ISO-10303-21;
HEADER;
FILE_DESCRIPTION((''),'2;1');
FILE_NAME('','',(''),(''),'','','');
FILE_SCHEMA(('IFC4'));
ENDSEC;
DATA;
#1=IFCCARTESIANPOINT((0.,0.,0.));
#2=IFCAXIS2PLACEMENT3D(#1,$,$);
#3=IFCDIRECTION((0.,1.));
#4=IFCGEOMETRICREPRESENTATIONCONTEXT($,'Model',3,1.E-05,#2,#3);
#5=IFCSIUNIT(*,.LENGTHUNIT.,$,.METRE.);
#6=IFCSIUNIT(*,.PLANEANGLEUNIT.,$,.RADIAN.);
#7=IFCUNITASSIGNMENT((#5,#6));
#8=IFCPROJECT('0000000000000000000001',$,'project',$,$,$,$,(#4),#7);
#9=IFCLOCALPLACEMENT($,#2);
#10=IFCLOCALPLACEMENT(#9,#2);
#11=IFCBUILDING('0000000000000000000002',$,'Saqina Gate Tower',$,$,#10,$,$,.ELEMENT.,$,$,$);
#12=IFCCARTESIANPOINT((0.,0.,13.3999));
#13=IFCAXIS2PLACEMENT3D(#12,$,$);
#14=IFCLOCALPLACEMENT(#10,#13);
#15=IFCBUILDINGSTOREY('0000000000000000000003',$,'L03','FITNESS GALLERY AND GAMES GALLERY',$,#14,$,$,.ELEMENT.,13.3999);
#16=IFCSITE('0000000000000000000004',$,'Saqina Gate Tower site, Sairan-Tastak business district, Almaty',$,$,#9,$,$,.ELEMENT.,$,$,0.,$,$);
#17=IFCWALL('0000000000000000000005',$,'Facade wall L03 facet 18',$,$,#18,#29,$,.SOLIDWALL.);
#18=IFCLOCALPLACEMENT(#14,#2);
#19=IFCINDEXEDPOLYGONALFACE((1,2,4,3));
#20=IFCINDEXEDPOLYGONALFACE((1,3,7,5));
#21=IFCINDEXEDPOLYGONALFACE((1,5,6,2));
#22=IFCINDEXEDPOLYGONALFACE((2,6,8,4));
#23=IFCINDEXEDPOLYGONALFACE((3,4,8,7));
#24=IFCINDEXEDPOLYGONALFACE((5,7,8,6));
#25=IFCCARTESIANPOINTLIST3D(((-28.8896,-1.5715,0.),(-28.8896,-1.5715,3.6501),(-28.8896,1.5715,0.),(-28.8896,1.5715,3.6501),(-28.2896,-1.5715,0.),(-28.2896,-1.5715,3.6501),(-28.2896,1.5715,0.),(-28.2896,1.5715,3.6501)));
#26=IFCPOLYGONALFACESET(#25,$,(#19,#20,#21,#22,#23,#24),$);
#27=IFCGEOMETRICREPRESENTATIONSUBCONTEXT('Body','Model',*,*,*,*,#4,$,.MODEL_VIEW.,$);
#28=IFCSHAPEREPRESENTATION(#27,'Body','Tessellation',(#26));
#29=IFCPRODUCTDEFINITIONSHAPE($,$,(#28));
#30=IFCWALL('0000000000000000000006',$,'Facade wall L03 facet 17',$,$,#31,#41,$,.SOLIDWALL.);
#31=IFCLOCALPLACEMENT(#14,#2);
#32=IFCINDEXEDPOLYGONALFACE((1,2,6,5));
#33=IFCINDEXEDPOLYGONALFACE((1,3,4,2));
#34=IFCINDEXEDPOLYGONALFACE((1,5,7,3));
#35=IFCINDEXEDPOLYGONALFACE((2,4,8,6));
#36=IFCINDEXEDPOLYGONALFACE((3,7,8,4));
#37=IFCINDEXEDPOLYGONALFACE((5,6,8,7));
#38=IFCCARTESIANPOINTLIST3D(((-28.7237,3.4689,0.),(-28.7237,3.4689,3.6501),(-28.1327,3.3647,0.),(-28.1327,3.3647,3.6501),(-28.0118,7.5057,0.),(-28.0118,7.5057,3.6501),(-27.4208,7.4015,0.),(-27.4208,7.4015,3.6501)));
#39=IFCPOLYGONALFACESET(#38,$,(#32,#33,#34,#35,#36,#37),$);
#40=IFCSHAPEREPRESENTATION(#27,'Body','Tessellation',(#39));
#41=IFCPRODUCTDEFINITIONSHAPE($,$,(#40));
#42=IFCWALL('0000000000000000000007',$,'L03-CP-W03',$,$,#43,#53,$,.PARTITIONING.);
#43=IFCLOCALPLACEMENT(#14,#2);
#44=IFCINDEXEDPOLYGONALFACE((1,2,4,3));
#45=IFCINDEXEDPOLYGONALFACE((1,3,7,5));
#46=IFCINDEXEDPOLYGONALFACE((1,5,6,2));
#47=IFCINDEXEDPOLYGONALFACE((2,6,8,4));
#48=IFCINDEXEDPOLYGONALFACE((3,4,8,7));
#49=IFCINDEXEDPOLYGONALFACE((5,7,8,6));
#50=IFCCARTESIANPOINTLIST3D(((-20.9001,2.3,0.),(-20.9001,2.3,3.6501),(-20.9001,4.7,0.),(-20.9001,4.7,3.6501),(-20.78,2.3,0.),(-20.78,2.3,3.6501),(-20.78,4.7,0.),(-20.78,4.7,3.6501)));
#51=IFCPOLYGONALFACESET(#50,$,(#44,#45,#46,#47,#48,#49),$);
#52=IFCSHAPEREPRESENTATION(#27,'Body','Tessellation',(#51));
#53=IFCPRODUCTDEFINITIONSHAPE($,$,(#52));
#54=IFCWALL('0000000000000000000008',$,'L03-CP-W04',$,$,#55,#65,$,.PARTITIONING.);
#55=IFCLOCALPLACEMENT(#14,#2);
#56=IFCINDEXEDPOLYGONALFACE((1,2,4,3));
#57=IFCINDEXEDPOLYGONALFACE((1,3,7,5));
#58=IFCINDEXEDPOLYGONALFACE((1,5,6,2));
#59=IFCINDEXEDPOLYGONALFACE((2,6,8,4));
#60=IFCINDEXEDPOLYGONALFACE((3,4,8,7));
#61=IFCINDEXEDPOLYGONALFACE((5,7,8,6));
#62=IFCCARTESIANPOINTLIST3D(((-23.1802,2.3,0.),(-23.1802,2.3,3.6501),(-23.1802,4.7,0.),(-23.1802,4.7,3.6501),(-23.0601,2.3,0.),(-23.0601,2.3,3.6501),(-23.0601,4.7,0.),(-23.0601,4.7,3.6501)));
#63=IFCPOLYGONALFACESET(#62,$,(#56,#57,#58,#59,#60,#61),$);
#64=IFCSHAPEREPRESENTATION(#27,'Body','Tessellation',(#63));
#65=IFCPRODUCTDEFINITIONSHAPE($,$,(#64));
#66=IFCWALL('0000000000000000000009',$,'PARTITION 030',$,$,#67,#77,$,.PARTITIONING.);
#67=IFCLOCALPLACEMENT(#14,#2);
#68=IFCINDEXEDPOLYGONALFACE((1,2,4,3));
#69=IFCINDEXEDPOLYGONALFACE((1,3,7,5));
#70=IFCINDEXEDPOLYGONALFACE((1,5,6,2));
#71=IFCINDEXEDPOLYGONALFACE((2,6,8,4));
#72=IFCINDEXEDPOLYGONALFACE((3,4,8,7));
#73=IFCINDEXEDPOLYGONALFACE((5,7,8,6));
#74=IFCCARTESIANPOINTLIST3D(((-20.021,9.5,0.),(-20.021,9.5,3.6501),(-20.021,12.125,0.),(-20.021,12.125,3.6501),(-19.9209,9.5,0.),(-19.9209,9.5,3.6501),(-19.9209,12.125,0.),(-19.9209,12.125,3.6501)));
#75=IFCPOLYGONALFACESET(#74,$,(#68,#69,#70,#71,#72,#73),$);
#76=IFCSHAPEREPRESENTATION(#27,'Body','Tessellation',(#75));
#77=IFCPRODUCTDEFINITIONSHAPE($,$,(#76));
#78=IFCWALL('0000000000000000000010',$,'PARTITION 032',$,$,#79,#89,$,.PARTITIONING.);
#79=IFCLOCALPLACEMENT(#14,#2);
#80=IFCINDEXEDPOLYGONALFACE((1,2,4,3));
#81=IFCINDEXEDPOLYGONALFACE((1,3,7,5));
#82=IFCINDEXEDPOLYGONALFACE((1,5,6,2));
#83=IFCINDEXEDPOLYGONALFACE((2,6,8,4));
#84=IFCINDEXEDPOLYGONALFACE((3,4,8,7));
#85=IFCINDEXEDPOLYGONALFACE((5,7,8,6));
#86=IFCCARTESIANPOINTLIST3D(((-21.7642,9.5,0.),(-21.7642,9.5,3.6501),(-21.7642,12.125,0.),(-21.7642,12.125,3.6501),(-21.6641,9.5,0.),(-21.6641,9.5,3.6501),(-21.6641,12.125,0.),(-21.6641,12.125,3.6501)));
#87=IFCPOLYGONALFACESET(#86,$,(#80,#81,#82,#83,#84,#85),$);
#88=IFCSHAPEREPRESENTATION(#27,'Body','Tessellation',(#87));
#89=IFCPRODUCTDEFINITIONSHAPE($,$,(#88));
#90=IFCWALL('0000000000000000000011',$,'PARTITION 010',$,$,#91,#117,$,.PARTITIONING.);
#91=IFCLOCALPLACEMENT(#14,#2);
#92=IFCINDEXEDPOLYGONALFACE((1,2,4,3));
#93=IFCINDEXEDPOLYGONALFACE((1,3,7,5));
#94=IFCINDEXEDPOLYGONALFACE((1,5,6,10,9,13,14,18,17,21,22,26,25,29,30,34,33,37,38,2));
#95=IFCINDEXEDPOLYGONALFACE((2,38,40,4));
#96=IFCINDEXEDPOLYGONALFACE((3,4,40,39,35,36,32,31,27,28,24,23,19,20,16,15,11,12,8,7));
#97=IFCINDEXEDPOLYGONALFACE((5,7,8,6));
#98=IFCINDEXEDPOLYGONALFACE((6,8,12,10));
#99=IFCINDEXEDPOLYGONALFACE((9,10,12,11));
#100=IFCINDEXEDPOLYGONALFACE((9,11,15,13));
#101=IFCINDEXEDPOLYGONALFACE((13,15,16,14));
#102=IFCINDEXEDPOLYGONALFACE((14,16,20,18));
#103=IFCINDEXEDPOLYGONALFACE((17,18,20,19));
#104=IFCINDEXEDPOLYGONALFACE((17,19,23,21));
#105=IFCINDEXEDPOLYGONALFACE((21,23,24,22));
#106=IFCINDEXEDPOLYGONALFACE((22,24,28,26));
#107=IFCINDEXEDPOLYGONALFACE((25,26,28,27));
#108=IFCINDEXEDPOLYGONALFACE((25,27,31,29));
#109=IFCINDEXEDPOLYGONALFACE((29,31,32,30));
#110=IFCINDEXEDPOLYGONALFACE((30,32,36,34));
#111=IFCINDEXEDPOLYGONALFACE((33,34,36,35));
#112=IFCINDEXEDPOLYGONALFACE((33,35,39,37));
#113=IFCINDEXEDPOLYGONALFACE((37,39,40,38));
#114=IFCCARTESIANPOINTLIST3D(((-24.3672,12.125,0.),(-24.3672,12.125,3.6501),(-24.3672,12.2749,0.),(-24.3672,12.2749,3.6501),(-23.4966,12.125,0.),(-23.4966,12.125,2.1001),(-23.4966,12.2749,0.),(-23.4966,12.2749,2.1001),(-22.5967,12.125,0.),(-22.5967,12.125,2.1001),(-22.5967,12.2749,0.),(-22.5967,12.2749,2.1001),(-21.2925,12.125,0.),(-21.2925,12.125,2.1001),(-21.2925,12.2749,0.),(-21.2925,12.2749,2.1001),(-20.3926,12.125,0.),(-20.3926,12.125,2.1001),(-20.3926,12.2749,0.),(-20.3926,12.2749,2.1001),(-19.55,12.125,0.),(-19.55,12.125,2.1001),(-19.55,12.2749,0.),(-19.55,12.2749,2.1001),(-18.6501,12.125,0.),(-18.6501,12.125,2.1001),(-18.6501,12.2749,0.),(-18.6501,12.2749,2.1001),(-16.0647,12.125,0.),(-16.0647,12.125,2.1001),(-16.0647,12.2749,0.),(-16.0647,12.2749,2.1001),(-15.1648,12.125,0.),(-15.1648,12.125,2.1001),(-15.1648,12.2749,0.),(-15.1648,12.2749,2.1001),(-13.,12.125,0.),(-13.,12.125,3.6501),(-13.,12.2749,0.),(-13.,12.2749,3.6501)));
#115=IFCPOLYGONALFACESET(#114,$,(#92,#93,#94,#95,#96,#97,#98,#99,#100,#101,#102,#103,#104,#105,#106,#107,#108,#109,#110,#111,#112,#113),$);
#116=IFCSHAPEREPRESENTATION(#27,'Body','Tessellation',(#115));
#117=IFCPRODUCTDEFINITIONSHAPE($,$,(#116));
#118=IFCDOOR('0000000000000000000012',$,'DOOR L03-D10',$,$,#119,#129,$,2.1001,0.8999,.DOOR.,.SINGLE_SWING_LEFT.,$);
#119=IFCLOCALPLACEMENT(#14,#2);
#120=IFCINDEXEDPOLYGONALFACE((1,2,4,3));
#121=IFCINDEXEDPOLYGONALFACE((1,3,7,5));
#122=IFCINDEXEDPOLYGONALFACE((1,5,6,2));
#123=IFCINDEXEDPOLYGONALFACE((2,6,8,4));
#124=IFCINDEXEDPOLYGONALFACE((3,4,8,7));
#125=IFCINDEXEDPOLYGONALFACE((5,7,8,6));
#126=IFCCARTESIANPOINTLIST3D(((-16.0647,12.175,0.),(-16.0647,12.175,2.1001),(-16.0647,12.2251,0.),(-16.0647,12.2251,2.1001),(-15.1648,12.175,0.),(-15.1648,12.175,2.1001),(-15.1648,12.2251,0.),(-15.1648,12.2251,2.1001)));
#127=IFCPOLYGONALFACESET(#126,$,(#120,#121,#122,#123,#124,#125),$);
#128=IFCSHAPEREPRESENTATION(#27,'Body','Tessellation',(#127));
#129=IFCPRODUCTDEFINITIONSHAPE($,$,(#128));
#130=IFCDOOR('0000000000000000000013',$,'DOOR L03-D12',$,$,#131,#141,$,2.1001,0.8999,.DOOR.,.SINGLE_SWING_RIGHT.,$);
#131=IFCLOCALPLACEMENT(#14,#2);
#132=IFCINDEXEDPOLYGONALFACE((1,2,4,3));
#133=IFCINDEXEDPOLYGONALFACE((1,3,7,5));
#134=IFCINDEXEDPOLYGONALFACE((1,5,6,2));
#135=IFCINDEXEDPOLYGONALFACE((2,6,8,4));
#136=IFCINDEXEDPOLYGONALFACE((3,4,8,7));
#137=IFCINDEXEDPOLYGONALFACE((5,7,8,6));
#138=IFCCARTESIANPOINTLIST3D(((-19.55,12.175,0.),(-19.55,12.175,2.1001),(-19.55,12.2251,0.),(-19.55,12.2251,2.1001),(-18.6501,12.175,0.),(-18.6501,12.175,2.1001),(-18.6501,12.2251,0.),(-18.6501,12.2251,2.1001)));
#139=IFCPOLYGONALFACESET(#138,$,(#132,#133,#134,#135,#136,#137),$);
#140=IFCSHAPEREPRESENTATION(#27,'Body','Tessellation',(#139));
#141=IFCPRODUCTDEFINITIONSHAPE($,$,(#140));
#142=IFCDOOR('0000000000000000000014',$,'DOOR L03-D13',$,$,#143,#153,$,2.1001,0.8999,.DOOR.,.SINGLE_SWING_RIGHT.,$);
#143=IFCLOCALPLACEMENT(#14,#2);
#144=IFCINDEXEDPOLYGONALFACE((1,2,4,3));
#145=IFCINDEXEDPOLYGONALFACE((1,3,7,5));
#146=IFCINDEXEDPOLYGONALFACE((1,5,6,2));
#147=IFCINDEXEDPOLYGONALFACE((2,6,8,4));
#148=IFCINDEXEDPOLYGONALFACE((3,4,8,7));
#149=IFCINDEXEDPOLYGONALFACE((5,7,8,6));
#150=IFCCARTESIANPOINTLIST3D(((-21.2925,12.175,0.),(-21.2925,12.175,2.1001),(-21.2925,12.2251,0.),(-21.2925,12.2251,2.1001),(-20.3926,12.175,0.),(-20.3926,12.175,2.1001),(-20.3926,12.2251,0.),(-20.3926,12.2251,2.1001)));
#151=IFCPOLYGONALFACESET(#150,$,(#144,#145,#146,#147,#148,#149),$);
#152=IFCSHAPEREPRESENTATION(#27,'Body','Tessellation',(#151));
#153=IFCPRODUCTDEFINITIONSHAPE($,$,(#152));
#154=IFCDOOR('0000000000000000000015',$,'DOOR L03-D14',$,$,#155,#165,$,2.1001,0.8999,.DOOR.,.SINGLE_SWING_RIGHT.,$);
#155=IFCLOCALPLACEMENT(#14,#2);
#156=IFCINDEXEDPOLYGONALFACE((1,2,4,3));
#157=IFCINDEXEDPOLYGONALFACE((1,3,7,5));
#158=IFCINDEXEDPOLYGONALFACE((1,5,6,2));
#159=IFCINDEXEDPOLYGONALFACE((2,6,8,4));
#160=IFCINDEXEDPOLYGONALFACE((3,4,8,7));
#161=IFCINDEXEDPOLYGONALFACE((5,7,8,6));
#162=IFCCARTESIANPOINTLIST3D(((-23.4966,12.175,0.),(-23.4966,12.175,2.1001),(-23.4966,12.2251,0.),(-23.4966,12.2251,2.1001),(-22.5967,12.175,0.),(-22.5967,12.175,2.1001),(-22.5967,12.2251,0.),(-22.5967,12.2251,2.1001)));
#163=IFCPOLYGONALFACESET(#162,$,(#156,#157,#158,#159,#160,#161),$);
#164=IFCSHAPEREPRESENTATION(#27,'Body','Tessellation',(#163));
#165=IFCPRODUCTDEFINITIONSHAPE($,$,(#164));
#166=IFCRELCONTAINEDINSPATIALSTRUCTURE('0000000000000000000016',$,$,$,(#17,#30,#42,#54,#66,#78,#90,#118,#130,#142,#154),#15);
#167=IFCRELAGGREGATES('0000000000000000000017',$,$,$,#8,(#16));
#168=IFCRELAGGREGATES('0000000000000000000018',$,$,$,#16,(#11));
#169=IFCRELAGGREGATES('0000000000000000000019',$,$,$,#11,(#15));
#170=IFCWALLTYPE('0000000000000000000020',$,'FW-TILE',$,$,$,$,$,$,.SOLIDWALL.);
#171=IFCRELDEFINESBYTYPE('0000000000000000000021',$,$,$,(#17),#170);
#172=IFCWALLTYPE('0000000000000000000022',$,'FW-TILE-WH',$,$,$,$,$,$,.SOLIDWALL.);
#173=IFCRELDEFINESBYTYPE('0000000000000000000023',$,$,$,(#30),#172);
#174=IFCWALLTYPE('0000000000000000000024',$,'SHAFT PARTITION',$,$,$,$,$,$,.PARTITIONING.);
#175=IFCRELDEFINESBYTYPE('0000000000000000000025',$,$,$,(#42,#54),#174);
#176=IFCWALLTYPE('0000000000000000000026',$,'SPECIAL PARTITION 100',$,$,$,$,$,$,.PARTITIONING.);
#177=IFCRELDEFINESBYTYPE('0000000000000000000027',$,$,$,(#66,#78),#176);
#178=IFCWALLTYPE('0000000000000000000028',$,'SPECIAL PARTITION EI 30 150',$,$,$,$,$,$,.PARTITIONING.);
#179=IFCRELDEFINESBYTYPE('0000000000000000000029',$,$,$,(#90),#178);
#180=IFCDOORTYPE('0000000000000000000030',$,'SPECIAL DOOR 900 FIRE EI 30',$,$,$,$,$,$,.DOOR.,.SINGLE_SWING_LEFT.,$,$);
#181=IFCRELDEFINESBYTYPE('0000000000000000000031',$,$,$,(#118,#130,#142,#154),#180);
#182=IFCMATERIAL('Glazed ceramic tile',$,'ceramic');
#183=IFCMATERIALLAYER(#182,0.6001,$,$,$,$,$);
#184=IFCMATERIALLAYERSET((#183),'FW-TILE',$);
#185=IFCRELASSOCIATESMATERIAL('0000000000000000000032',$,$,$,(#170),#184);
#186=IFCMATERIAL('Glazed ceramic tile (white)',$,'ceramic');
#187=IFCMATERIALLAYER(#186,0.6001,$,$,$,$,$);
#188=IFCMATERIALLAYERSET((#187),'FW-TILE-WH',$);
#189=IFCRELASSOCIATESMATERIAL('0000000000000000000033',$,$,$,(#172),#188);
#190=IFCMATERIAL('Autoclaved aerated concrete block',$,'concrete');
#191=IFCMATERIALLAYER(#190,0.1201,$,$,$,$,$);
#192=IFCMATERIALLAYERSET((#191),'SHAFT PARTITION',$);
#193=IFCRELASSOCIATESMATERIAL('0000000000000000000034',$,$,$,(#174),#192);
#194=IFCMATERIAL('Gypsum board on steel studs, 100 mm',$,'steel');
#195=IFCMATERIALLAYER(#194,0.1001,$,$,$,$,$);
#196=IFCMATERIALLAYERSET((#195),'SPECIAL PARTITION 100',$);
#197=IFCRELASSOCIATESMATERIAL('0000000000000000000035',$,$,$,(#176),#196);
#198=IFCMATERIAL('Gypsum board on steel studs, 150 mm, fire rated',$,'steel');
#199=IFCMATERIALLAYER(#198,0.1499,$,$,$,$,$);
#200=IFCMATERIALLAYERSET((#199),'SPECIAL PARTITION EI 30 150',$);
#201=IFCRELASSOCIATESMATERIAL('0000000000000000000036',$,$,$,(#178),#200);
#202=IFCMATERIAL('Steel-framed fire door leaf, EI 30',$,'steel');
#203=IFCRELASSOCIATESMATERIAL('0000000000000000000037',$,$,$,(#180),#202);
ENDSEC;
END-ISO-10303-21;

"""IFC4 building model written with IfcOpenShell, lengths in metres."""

from ifc_helpers import new_model, si_unit, direction, frame, frame_2d, origin, place, context, subcontext, project, spatial, rectangle, extrude, material, layer, layer_set, type_object, element, fill, save


model = new_model("IFC4")

# Units and contexts
model_context = context("Model", 3, precision=1e-05, world=origin(), true_north=direction((0.0, 1.0)))
body_context = subcontext(model_context, "Body", "Model", "MODEL_VIEW")
ifc_project = project(units=[si_unit("LENGTHUNIT", "METRE"), si_unit("PLANEANGLEUNIT", "RADIAN")], contexts=[model_context])

# Site, building, storey
site_placement = place(None, origin())
site = spatial("IfcSite", under=ifc_project, at=site_placement, Name="Saqina Gate Tower site, Sairan-Tastak business district, Almaty", CompositionType="ELEMENT", RefElevation=0.0)
building_placement = place(site_placement, origin())
building = spatial("IfcBuilding", under=site, at=building_placement, Name="Saqina Gate Tower", CompositionType="ELEMENT")
storey_placement = place(building_placement, frame((0.0, 0.0, 13.3999)))
storey = spatial("IfcBuildingStorey", under=building, at=storey_placement, Name="L03", Description="FITNESS GALLERY AND GAMES GALLERY", CompositionType="ELEMENT", Elevation=13.3999)

# Walls
ifc_material_1 = material(Name="Glazed ceramic tile", Category="ceramic")
ifc_layer_1 = layer(ifc_material_1, 0.6001)
ifc_layer_set_1 = layer_set([ifc_layer_1], Name="FW-TILE")
wall_type_1 = type_object("IfcWallType", Name="FW-TILE", PredefinedType="SOLIDWALL", material=ifc_layer_set_1)
wall_1_placement = place(storey_placement, frame((-28.5896, 1.5715, 0.0), z_axis=(0.0, 0.0, 1.0), x_axis=(0.0, -1.0, 0.0)))
element("IfcWall", 1, at=wall_1_placement, inside=storey, type_object=wall_type_1, Name="Facade wall L03 facet 18", PredefinedType="SOLIDWALL", context=body_context, shape_type="SweptSolid", body=[
    extrude(rectangle(XDim=3.1431, YDim=0.6001, at=frame_2d((1.5715, 0.0))), origin(), (0.0, 0.0, 1.0), 3.6501),
])
ifc_material_2 = material(Name="Glazed ceramic tile (white)", Category="ceramic")
ifc_layer_2 = layer(ifc_material_2, 0.6001)
ifc_layer_set_2 = layer_set([ifc_layer_2], Name="FW-TILE-WH")
wall_type_2 = type_object("IfcWallType", Name="FW-TILE-WH", PredefinedType="SOLIDWALL", material=ifc_layer_set_2)
wall_2_placement = place(storey_placement, frame((-27.7163, 7.4536, 0.0), z_axis=(0.0, 0.0, 1.0), x_axis=(-0.173673, -0.984803, 0.0)))
element("IfcWall", 2, at=wall_2_placement, inside=storey, type_object=wall_type_2, Name="Facade wall L03 facet 17", PredefinedType="SOLIDWALL", context=body_context, shape_type="SweptSolid", body=[
    extrude(rectangle(XDim=4.0991, YDim=0.6001, at=frame_2d((2.0496, 0.0))), origin(), (0.0, 0.0, 1.0), 3.6501),
])
ifc_material_3 = material(Name="Autoclaved aerated concrete block", Category="concrete")
ifc_layer_3 = layer(ifc_material_3, 0.1201)
ifc_layer_set_3 = layer_set([ifc_layer_3], Name="SHAFT PARTITION")
wall_type_3 = type_object("IfcWallType", Name="SHAFT PARTITION", PredefinedType="PARTITIONING", material=ifc_layer_set_3)
for number, where, z_axis, x_axis, name in (
    (3, (-20.8401, 2.3, 0.0), (0.0, 0.0, 1.0), (0.0, 1.0, 0.0), "L03-CP-W03"),
    (4, (-23.1201, 2.3, 0.0), (0.0, 0.0, 1.0), (0.0, 1.0, 0.0), "L03-CP-W04"),
):
    element("IfcWall", number, at=place(storey_placement, frame(where, z_axis=z_axis, x_axis=x_axis)), inside=storey, type_object=wall_type_3, Name=name, PredefinedType="PARTITIONING", context=body_context, shape_type="SweptSolid", body=[
        extrude(rectangle(XDim=2.3999, YDim=0.1201, at=frame_2d((1.2, 0.0))), origin(), (0.0, 0.0, 1.0), 3.6501),
    ])
ifc_material_4 = material(Name="Gypsum board on steel studs, 100 mm", Category="steel")
ifc_layer_4 = layer(ifc_material_4, 0.1001)
ifc_layer_set_4 = layer_set([ifc_layer_4], Name="SPECIAL PARTITION 100")
wall_type_4 = type_object("IfcWallType", Name="SPECIAL PARTITION 100", PredefinedType="PARTITIONING", material=ifc_layer_set_4)
for number, where, z_axis, x_axis, name in (
    (5, (-19.9709, 9.5, 0.0), (0.0, 0.0, 1.0), (0.0, 1.0, 0.0), "PARTITION 030"),
    (6, (-21.7141, 9.5, 0.0), (0.0, 0.0, 1.0), (0.0, 1.0, 0.0), "PARTITION 032"),
):
    element("IfcWall", number, at=place(storey_placement, frame(where, z_axis=z_axis, x_axis=x_axis)), inside=storey, type_object=wall_type_4, Name=name, PredefinedType="PARTITIONING", context=body_context, shape_type="SweptSolid", body=[
        extrude(rectangle(XDim=2.625, YDim=0.1001, at=frame_2d((1.3125, 0.0))), origin(), (0.0, 0.0, 1.0), 3.6501),
    ])

# Wall, openings, doors
ifc_material_5 = material(Name="Gypsum board on steel studs, 150 mm, fire rated", Category="steel")
ifc_layer_5 = layer(ifc_material_5, 0.1499)
ifc_layer_set_5 = layer_set([ifc_layer_5], Name="SPECIAL PARTITION EI 30 150")
wall_type_5 = type_object("IfcWallType", Name="SPECIAL PARTITION EI 30 150", PredefinedType="PARTITIONING", material=ifc_layer_set_5)
wall_3_placement = place(storey_placement, frame((-24.3672, 12.2, 0.0), z_axis=(0.0, 0.0, 1.0), x_axis=(1.0, 0.0, 0.0)))
wall_3 = element("IfcWall", 7, at=wall_3_placement, inside=storey, type_object=wall_type_5, Name="PARTITION 010", PredefinedType="PARTITIONING", context=body_context, shape_type="SweptSolid", body=[
    extrude(rectangle(XDim=11.3672, YDim=0.1499, at=frame_2d((5.6836, 0.0))), origin(), (0.0, 0.0, 1.0), 3.6501),
])
opening_1_placement = place(wall_3_placement, frame((8.3025, 0.0, 0.0)))
opening_1 = element("IfcOpeningElement", 8, at=opening_1_placement, cuts=wall_3, PredefinedType="OPENING", context=body_context, shape_type="SweptSolid", body=[
    extrude(rectangle(XDim=0.8999, YDim=2.1001, at=frame_2d((0.45, 1.05))), frame((0.0, 0.0869, 0.0), z_axis=(0.0, -1.0, 0.0), x_axis=(1.0, 0.0, 0.0)), (0.0, 0.0, 1.0), 0.1738),
])
opening_2_placement = place(wall_3_placement, frame((4.8171, 0.0, 0.0)))
opening_2 = element("IfcOpeningElement", 9, at=opening_2_placement, cuts=wall_3, PredefinedType="OPENING", context=body_context, shape_type="SweptSolid", body=[
    extrude(rectangle(XDim=0.8999, YDim=2.1001, at=frame_2d((0.45, 1.05))), frame((0.0, 0.0869, 0.0), z_axis=(0.0, -1.0, 0.0), x_axis=(1.0, 0.0, 0.0)), (0.0, 0.0, 1.0), 0.1738),
])
opening_3_placement = place(wall_3_placement, frame((3.0747, 0.0, 0.0)))
opening_3 = element("IfcOpeningElement", 10, at=opening_3_placement, cuts=wall_3, PredefinedType="OPENING", context=body_context, shape_type="SweptSolid", body=[
    extrude(rectangle(XDim=0.8999, YDim=2.1001, at=frame_2d((0.45, 1.05))), frame((0.0, 0.0869, 0.0), z_axis=(0.0, -1.0, 0.0), x_axis=(1.0, 0.0, 0.0)), (0.0, 0.0, 1.0), 0.1738),
])
opening_4_placement = place(wall_3_placement, frame((0.8706, 0.0, 0.0)))
opening_4 = element("IfcOpeningElement", 11, at=opening_4_placement, cuts=wall_3, PredefinedType="OPENING", context=body_context, shape_type="SweptSolid", body=[
    extrude(rectangle(XDim=0.8999, YDim=2.1001, at=frame_2d((0.45, 1.05))), frame((0.0, 0.0869, 0.0), z_axis=(0.0, -1.0, 0.0), x_axis=(1.0, 0.0, 0.0)), (0.0, 0.0, 1.0), 0.1738),
])
ifc_material_6 = material(Name="Steel-framed fire door leaf, EI 30", Category="steel")
door_type_1 = type_object("IfcDoorType", Name="SPECIAL DOOR 900 FIRE EI 30", OperationType="SINGLE_SWING_LEFT", PredefinedType="DOOR", material=ifc_material_6)
door_1_placement = place(opening_1_placement, frame((0.8999, 0.0, 0.0), z_axis=(0.0, 0.0, 1.0), x_axis=(-1.0, 0.0, 0.0)))
door_1 = element("IfcDoor", 12, at=door_1_placement, inside=storey, type_object=door_type_1, Name="DOOR L03-D10", OperationType="SINGLE_SWING_LEFT", OverallHeight=2.1001, OverallWidth=0.8999, PredefinedType="DOOR", context=body_context, shape_type="SweptSolid", body=[
    extrude(rectangle(XDim=0.8999, YDim=2.1001, at=frame_2d((0.45, 1.05))), frame((0.0, 0.0249, 0.0), z_axis=(0.0, -1.0, 0.0), x_axis=(1.0, 0.0, 0.0)), (0.0, 0.0, 1.0), 0.05),
])
fill(opening_1, door_1)
door_2_placement = place(opening_2_placement, frame((0.8999, 0.0, 0.0), z_axis=(0.0, 0.0, 1.0), x_axis=(-1.0, 0.0, 0.0)))
door_2 = element("IfcDoor", 13, at=door_2_placement, inside=storey, type_object=door_type_1, Name="DOOR L03-D12", OperationType="SINGLE_SWING_RIGHT", OverallHeight=2.1001, OverallWidth=0.8999, PredefinedType="DOOR", context=body_context, shape_type="SweptSolid", body=[
    extrude(rectangle(XDim=0.8999, YDim=2.1001, at=frame_2d((0.45, 1.05))), frame((0.0, 0.0249, 0.0), z_axis=(0.0, -1.0, 0.0), x_axis=(1.0, 0.0, 0.0)), (0.0, 0.0, 1.0), 0.05),
])
fill(opening_2, door_2)
door_3_placement = place(opening_3_placement, frame((0.8999, 0.0, 0.0), z_axis=(0.0, 0.0, 1.0), x_axis=(-1.0, 0.0, 0.0)))
door_3 = element("IfcDoor", 14, at=door_3_placement, inside=storey, type_object=door_type_1, Name="DOOR L03-D13", OperationType="SINGLE_SWING_RIGHT", OverallHeight=2.1001, OverallWidth=0.8999, PredefinedType="DOOR", context=body_context, shape_type="SweptSolid", body=[
    extrude(rectangle(XDim=0.8999, YDim=2.1001, at=frame_2d((0.45, 1.05))), frame((0.0, 0.0249, 0.0), z_axis=(0.0, -1.0, 0.0), x_axis=(1.0, 0.0, 0.0)), (0.0, 0.0, 1.0), 0.05),
])
fill(opening_3, door_3)
door_4_placement = place(opening_4_placement, frame((0.8999, 0.0, 0.0), z_axis=(0.0, 0.0, 1.0), x_axis=(-1.0, 0.0, 0.0)))
door_4 = element("IfcDoor", 15, at=door_4_placement, inside=storey, type_object=door_type_1, Name="DOOR L03-D14", OperationType="SINGLE_SWING_RIGHT", OverallHeight=2.1001, OverallWidth=0.8999, PredefinedType="DOOR", context=body_context, shape_type="SweptSolid", body=[
    extrude(rectangle(XDim=0.8999, YDim=2.1001, at=frame_2d((0.45, 1.05))), frame((0.0, 0.0249, 0.0), z_axis=(0.0, -1.0, 0.0), x_axis=(1.0, 0.0, 0.0)), (0.0, 0.0, 1.0), 0.05),
])
fill(opening_4, door_4)

save(model, "model.ifc")
